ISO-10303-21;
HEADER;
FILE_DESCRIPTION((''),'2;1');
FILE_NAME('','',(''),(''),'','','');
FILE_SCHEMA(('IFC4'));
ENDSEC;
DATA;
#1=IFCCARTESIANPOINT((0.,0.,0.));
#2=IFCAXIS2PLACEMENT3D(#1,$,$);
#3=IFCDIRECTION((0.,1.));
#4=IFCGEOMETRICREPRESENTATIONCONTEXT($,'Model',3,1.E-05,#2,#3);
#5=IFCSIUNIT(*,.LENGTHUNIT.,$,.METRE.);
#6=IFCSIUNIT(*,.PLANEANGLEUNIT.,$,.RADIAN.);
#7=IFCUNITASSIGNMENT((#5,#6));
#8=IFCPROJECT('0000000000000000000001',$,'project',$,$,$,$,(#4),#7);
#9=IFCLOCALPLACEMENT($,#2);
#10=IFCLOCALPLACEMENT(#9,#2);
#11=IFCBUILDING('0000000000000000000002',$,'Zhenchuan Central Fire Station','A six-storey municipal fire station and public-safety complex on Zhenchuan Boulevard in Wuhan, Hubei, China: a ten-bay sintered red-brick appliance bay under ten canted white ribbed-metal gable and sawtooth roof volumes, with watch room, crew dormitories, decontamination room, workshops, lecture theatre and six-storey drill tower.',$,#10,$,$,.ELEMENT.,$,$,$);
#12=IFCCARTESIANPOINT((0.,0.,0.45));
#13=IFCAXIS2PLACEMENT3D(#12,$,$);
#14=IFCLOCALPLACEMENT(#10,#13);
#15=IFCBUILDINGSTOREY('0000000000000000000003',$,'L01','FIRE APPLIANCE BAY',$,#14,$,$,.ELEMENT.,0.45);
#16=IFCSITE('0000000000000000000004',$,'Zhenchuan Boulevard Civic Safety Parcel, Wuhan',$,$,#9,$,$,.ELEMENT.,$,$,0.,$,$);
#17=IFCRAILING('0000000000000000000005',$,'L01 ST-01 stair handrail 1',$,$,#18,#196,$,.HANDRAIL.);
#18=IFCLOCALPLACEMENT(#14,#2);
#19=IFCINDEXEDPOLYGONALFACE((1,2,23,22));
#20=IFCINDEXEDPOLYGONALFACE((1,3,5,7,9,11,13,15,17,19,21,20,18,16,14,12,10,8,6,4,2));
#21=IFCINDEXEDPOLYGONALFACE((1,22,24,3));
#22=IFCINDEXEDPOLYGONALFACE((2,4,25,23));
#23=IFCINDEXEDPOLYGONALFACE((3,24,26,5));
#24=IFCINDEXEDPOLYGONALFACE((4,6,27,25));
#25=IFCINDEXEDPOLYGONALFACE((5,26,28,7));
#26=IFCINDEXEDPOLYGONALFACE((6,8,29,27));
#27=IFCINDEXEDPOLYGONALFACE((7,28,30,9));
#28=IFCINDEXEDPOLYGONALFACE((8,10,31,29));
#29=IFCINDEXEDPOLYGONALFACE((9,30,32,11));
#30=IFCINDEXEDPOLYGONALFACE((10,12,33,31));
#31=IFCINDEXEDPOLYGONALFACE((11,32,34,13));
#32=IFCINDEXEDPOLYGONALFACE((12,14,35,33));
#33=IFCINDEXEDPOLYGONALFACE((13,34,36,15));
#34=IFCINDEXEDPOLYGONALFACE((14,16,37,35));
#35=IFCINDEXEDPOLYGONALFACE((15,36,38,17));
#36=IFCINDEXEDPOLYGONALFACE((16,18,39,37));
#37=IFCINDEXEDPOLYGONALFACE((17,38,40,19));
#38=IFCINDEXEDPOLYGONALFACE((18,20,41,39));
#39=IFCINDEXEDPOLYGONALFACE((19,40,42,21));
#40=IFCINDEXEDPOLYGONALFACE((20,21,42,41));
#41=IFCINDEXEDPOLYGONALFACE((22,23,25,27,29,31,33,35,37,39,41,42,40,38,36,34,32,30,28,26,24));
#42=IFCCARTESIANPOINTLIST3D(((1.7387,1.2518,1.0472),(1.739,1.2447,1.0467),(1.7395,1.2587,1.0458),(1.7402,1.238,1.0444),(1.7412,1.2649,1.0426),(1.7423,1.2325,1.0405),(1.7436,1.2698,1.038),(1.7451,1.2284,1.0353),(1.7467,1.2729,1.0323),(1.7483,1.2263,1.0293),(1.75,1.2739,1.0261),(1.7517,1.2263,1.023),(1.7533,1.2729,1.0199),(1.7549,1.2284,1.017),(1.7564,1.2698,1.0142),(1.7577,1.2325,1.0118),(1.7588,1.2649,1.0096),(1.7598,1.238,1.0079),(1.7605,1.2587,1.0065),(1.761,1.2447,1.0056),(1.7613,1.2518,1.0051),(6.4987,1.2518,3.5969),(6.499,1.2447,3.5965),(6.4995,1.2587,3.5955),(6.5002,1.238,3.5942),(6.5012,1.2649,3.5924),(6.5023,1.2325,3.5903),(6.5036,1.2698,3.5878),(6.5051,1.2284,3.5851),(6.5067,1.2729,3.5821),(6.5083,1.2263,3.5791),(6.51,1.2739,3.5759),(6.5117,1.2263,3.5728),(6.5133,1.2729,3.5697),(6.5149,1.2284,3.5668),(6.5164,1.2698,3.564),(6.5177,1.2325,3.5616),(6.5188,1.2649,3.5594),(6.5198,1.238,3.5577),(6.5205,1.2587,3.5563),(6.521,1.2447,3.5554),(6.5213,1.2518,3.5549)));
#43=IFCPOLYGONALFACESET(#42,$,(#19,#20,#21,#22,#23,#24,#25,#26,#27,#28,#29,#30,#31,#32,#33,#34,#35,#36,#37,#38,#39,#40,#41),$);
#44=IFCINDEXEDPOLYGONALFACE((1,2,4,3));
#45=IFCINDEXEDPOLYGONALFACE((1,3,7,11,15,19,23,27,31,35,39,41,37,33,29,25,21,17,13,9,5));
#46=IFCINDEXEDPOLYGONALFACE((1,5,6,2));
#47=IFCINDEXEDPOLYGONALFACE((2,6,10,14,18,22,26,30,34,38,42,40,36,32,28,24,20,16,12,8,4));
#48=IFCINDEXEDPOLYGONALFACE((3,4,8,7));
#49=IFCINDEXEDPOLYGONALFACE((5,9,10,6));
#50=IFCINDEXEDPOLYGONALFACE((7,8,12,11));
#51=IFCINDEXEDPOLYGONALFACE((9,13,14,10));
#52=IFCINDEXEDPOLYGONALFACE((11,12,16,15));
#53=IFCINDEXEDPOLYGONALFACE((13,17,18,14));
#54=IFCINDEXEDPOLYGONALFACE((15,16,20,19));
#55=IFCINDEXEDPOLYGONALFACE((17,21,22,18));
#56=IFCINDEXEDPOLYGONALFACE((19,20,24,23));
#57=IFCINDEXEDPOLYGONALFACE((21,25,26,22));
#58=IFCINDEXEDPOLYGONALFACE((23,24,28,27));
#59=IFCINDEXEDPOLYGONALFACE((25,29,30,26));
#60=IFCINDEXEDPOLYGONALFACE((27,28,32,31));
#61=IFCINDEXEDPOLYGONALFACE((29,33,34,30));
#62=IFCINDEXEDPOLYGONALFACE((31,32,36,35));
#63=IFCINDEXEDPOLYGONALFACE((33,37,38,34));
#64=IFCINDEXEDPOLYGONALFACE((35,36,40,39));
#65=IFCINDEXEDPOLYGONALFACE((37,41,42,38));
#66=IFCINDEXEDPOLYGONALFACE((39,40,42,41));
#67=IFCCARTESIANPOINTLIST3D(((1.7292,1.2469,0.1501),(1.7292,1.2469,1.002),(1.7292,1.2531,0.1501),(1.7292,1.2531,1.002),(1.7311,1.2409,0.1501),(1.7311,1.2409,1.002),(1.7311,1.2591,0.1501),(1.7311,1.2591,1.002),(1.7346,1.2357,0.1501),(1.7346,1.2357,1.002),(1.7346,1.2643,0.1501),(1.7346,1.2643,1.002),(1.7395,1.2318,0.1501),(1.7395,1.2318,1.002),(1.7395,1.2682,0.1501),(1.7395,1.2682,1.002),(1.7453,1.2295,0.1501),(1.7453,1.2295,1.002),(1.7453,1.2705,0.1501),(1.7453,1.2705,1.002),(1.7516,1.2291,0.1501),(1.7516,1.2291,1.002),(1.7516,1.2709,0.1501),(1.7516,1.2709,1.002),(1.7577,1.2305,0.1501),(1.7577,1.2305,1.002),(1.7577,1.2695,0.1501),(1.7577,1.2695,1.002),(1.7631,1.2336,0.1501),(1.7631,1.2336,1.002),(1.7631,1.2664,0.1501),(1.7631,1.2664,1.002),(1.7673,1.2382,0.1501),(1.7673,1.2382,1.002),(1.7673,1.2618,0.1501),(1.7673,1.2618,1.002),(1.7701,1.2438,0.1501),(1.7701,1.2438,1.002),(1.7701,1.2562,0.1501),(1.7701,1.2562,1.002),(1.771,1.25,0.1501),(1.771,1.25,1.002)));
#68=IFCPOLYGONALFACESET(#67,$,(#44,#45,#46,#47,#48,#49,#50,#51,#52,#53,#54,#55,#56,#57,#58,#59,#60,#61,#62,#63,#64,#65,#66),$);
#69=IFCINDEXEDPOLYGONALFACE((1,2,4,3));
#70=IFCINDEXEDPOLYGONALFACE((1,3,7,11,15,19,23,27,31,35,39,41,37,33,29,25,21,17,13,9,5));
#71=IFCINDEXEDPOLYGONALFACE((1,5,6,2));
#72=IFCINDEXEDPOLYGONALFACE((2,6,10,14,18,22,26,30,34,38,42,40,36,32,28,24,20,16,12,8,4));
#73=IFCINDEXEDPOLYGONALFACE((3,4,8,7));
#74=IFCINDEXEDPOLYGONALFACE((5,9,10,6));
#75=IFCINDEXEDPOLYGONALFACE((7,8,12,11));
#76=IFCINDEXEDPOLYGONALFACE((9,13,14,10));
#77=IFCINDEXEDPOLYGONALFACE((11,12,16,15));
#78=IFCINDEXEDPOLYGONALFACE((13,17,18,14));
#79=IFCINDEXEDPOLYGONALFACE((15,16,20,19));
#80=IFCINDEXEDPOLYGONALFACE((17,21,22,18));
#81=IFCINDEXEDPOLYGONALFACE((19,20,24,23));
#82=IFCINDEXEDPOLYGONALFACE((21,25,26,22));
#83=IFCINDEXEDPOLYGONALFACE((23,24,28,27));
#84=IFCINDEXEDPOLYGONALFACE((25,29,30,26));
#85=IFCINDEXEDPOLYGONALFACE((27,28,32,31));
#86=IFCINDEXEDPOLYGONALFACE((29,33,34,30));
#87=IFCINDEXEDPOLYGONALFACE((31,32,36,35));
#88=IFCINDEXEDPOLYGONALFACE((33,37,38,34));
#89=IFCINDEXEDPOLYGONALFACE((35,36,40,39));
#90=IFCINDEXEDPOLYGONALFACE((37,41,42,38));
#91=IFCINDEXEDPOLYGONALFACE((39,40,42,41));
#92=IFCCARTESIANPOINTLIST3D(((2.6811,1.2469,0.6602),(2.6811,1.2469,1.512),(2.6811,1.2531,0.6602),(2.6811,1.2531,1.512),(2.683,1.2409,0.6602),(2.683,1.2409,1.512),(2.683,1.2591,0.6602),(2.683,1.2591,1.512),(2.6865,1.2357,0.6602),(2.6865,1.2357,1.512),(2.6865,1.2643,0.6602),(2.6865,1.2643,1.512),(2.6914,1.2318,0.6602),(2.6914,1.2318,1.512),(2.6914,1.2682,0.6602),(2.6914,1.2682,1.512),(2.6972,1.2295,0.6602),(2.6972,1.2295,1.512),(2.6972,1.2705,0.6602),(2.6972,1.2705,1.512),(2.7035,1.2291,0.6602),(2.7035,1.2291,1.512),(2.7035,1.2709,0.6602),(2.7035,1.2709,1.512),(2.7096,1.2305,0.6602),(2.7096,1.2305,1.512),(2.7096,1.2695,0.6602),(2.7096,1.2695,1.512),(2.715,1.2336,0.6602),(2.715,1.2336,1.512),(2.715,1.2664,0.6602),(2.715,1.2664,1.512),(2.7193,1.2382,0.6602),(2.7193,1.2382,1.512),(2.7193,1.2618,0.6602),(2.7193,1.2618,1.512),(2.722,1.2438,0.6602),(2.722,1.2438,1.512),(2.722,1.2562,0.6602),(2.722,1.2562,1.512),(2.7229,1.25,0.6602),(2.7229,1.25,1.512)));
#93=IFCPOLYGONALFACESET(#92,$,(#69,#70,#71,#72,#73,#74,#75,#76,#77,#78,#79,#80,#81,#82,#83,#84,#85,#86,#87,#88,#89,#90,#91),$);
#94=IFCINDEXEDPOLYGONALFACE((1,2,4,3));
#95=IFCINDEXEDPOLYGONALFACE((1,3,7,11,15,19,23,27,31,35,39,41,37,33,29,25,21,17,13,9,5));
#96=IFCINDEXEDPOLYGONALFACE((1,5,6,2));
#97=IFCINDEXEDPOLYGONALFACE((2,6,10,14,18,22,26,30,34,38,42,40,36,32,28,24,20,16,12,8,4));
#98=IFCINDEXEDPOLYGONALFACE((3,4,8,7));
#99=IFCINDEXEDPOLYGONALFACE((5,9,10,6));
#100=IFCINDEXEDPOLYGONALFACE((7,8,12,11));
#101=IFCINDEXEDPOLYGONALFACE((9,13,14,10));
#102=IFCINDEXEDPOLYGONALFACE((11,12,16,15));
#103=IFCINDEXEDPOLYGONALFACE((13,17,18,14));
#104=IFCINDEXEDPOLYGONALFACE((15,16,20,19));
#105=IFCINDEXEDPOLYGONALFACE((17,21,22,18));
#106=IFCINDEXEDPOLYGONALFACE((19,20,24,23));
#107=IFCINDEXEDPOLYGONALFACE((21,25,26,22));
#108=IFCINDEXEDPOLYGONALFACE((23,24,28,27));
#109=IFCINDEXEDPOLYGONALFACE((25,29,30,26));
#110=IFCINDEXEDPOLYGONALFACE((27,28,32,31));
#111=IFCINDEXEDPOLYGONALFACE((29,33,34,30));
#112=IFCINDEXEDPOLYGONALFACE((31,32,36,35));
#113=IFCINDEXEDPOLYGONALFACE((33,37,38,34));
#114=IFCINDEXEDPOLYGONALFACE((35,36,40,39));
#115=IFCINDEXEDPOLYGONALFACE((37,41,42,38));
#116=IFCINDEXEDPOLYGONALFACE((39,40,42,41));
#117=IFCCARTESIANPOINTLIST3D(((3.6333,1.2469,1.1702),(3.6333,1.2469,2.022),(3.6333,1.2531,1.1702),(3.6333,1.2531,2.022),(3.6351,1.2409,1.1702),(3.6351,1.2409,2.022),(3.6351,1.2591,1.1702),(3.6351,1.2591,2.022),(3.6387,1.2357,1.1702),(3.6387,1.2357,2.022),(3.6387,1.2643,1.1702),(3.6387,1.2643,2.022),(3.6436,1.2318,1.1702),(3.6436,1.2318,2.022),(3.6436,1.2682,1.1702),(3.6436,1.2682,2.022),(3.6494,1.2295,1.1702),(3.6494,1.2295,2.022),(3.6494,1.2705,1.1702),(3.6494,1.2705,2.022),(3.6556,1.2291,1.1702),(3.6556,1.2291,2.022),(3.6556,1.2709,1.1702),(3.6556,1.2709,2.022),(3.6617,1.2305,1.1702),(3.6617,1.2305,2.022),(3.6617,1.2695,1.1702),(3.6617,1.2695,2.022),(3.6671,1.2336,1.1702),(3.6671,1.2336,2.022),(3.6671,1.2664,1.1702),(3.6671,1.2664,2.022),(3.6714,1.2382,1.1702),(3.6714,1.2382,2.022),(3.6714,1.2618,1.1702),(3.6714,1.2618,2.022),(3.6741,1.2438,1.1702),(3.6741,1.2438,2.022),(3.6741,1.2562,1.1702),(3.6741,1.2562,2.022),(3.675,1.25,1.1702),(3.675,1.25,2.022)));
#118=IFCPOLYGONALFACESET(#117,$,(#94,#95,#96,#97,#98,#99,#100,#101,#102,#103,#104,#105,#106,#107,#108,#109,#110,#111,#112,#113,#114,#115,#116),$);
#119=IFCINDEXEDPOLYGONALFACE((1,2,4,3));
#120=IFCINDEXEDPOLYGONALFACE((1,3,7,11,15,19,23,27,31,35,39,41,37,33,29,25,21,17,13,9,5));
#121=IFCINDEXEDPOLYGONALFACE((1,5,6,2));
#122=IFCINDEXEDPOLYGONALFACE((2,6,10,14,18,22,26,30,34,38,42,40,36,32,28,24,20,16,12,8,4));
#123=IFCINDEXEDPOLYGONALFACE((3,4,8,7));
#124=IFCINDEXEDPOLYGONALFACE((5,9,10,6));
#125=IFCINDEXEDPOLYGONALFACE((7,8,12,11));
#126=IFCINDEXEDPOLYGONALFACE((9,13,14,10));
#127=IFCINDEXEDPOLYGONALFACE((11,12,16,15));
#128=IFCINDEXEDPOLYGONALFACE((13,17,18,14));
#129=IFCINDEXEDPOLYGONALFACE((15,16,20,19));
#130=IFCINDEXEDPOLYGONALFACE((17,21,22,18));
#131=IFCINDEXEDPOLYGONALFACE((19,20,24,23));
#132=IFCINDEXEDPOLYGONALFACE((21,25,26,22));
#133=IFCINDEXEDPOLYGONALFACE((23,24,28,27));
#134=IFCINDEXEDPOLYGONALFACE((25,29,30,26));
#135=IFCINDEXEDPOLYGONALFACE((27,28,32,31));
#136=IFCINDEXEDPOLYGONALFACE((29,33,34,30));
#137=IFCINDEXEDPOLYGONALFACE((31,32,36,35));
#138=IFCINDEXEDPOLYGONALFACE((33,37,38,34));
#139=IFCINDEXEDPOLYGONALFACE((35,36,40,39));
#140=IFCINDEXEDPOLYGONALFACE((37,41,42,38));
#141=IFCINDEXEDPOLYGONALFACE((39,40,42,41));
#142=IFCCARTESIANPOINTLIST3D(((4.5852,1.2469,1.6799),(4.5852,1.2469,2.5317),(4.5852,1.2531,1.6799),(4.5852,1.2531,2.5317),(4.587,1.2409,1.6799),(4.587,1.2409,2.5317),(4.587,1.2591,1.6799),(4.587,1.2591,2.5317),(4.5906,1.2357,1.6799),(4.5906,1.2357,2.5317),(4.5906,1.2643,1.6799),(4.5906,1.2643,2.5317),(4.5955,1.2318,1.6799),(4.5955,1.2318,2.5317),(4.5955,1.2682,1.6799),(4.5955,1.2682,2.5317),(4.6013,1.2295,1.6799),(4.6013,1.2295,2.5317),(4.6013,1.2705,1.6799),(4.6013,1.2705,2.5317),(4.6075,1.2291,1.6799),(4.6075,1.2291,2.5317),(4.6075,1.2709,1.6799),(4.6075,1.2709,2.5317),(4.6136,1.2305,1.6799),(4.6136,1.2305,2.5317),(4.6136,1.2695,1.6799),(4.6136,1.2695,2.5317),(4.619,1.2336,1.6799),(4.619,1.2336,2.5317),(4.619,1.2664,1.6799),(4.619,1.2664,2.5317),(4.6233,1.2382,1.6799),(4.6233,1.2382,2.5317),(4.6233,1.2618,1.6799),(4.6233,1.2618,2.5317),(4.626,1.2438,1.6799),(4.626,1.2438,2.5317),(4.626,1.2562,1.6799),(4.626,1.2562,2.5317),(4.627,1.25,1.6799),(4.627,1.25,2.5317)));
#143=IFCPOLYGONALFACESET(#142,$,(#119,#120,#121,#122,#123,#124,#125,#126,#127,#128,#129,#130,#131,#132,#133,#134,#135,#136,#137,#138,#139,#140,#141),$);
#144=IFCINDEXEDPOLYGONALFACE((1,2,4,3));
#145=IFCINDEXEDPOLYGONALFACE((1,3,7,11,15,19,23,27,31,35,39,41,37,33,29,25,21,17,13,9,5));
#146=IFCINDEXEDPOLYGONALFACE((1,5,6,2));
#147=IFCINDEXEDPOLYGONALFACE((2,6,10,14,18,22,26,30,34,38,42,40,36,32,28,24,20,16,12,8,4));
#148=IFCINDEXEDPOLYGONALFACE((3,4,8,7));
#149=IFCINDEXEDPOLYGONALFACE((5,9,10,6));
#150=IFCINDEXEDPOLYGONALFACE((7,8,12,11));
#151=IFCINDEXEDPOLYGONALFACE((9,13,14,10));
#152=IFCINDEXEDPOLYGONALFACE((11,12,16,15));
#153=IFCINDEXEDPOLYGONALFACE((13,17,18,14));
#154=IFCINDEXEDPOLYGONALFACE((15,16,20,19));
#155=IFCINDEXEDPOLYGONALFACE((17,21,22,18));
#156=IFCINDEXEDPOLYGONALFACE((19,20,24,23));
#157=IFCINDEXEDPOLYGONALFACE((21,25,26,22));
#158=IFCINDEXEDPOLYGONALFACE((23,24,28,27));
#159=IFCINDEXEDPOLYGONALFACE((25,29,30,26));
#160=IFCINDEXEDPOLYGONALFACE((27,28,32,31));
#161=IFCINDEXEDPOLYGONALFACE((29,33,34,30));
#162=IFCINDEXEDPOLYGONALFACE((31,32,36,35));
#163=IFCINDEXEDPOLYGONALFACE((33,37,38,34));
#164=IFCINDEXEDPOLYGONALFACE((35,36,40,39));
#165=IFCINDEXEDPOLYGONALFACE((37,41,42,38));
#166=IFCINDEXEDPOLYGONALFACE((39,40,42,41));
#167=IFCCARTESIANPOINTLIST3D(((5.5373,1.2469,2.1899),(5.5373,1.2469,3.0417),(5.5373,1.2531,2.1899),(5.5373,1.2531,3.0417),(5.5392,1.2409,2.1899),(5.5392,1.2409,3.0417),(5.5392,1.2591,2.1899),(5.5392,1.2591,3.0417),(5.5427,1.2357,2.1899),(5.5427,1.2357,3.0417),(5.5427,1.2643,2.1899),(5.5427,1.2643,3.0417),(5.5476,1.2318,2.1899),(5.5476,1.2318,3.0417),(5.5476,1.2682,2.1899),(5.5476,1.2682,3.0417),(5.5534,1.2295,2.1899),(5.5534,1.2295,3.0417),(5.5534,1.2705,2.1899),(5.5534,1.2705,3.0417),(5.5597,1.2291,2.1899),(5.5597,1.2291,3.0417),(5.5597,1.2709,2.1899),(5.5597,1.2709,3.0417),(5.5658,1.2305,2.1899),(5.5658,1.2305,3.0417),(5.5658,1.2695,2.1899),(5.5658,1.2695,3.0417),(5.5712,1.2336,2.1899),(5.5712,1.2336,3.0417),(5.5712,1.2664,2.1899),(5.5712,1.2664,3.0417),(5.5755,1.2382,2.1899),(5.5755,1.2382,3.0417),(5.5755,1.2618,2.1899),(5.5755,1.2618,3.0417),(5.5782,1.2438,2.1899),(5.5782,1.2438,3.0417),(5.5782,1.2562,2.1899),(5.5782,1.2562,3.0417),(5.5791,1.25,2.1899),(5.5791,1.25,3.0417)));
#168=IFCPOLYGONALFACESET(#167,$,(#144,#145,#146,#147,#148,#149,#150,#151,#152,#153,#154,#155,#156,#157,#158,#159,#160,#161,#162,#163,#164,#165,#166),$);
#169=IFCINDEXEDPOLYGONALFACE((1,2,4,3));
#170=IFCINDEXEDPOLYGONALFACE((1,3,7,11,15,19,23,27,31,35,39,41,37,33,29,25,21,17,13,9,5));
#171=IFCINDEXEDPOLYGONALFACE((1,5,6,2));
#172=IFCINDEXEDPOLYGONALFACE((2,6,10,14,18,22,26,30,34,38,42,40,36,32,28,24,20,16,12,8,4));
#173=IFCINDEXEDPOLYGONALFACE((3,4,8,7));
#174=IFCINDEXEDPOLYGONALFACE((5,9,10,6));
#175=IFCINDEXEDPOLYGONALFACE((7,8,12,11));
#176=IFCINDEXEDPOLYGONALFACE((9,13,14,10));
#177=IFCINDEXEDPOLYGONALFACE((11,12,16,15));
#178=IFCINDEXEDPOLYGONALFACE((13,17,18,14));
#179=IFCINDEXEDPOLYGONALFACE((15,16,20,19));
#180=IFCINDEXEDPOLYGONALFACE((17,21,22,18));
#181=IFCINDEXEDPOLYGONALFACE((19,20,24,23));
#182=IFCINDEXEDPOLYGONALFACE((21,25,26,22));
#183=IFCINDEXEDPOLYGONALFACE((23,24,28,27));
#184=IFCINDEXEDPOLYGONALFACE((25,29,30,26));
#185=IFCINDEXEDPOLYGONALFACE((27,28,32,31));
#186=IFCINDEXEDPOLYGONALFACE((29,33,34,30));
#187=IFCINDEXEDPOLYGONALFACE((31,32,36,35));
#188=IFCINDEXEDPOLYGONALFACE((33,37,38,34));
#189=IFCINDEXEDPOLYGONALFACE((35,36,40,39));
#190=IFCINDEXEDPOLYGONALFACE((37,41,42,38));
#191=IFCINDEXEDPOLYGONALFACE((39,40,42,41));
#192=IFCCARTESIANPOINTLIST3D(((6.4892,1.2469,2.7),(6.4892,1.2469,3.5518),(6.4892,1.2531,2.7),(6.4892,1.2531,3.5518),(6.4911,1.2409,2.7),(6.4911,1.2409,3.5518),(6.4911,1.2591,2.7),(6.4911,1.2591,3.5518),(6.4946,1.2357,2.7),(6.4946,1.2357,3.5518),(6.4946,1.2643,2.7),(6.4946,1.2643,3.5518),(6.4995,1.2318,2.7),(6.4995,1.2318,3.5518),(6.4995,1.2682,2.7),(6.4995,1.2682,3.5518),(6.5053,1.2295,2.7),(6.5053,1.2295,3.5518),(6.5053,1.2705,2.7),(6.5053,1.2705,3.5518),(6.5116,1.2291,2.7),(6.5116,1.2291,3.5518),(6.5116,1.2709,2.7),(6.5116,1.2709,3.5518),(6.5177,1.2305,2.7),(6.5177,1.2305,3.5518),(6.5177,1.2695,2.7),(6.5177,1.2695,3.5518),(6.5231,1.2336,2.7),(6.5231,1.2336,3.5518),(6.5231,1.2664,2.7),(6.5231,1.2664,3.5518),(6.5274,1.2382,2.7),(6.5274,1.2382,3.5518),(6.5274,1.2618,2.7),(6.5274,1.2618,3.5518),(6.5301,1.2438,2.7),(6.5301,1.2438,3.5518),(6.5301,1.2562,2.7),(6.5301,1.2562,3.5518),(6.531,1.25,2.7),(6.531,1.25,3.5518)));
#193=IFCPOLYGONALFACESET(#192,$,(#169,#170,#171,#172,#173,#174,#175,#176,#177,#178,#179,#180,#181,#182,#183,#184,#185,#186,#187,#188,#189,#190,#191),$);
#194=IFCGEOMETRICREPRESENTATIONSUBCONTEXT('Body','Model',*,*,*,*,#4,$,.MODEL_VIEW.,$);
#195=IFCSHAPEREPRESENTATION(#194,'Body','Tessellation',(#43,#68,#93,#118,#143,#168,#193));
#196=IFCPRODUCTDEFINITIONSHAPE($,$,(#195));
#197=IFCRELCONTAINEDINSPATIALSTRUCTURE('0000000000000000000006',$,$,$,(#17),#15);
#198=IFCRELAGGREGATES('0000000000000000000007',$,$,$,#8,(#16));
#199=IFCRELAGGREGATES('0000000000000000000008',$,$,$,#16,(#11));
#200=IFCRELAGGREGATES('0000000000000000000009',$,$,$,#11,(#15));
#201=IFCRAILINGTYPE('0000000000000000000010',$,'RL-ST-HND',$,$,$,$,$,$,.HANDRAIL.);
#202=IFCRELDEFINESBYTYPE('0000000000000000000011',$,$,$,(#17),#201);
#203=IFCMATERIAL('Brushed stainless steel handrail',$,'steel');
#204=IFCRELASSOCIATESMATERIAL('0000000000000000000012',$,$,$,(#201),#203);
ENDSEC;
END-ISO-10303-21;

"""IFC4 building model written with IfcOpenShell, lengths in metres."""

from ifc_helpers import new_model, si_unit, direction, frame, origin, origin_2d, place, context, subcontext, project, spatial, circle, extrude, material, type_object, element, save


model = new_model("IFC4")

# Units and contexts
model_context = context("Model", 3, precision=1e-05, world=origin(), true_north=direction((0.0, 1.0)))
body_context = subcontext(model_context, "Body", "Model", "MODEL_VIEW")
ifc_project = project(units=[si_unit("LENGTHUNIT", "METRE"), si_unit("PLANEANGLEUNIT", "RADIAN")], contexts=[model_context])

# Site, building, storey
site_placement = place(None, origin())
site = spatial("IfcSite", under=ifc_project, at=site_placement, Name="Zhenchuan Boulevard Civic Safety Parcel, Wuhan", CompositionType="ELEMENT", RefElevation=0.0)
building_placement = place(site_placement, origin())
building = spatial("IfcBuilding", under=site, at=building_placement, Name="Zhenchuan Central Fire Station", Description="A six-storey municipal fire station and public-safety complex on Zhenchuan Boulevard in Wuhan, Hubei, China: a ten-bay sintered red-brick appliance bay under ten canted white ribbed-metal gable and sawtooth roof volumes, with watch room, crew dormitories, decontamination room, workshops, lecture theatre and six-storey drill tower.", CompositionType="ELEMENT")
storey_placement = place(building_placement, frame((0.0, 0.0, 0.45)))
storey = spatial("IfcBuildingStorey", under=building, at=storey_placement, Name="L01", Description="FIRE APPLIANCE BAY", CompositionType="ELEMENT", Elevation=0.45)

# Railing
ifc_material_1 = material(Name="Brushed stainless steel handrail", Category="steel")
railing_type_1 = type_object("IfcRailingType", Name="RL-ST-HND", PredefinedType="HANDRAIL", material=ifc_material_1)
railing_1_placement = place(storey_placement, frame((1.75, 1.25, 0.1501)))
element("IfcRailing", 1, at=railing_1_placement, inside=storey, type_object=railing_type_1, Name="L01 ST-01 stair handrail 1", PredefinedType="HANDRAIL", context=body_context, shape_type="SweptSolid", body=[
    extrude(circle(Radius=0.0239, at=origin_2d()), frame((0.0, 0.0, 0.876), z_axis=(0.881495, 0.0, 0.472193), x_axis=(0.0, 1.0, 0.0)), (0.0, 0.0, 1.0), 5.3999),
    extrude(circle(Radius=0.021, at=origin_2d()), origin(), (0.0, 0.0, 1.0), 0.8518),
    extrude(circle(Radius=0.021, at=origin_2d()), frame((0.9519, 0.0, 0.51)), (0.0, 0.0, 1.0), 0.8518),
    extrude(circle(Radius=0.021, at=origin_2d()), frame((1.9041, 0.0, 1.02)), (0.0, 0.0, 1.0), 0.8518),
    extrude(circle(Radius=0.021, at=origin_2d()), frame((2.856, 0.0, 1.5298)), (0.0, 0.0, 1.0), 0.8518),
    extrude(circle(Radius=0.021, at=origin_2d()), frame((3.8081, 0.0, 2.0398)), (0.0, 0.0, 1.0), 0.8518),
    extrude(circle(Radius=0.021, at=origin_2d()), frame((4.76, 0.0, 2.5498)), (0.0, 0.0, 1.0), 0.8518),
])

save(model, "model.ifc")
